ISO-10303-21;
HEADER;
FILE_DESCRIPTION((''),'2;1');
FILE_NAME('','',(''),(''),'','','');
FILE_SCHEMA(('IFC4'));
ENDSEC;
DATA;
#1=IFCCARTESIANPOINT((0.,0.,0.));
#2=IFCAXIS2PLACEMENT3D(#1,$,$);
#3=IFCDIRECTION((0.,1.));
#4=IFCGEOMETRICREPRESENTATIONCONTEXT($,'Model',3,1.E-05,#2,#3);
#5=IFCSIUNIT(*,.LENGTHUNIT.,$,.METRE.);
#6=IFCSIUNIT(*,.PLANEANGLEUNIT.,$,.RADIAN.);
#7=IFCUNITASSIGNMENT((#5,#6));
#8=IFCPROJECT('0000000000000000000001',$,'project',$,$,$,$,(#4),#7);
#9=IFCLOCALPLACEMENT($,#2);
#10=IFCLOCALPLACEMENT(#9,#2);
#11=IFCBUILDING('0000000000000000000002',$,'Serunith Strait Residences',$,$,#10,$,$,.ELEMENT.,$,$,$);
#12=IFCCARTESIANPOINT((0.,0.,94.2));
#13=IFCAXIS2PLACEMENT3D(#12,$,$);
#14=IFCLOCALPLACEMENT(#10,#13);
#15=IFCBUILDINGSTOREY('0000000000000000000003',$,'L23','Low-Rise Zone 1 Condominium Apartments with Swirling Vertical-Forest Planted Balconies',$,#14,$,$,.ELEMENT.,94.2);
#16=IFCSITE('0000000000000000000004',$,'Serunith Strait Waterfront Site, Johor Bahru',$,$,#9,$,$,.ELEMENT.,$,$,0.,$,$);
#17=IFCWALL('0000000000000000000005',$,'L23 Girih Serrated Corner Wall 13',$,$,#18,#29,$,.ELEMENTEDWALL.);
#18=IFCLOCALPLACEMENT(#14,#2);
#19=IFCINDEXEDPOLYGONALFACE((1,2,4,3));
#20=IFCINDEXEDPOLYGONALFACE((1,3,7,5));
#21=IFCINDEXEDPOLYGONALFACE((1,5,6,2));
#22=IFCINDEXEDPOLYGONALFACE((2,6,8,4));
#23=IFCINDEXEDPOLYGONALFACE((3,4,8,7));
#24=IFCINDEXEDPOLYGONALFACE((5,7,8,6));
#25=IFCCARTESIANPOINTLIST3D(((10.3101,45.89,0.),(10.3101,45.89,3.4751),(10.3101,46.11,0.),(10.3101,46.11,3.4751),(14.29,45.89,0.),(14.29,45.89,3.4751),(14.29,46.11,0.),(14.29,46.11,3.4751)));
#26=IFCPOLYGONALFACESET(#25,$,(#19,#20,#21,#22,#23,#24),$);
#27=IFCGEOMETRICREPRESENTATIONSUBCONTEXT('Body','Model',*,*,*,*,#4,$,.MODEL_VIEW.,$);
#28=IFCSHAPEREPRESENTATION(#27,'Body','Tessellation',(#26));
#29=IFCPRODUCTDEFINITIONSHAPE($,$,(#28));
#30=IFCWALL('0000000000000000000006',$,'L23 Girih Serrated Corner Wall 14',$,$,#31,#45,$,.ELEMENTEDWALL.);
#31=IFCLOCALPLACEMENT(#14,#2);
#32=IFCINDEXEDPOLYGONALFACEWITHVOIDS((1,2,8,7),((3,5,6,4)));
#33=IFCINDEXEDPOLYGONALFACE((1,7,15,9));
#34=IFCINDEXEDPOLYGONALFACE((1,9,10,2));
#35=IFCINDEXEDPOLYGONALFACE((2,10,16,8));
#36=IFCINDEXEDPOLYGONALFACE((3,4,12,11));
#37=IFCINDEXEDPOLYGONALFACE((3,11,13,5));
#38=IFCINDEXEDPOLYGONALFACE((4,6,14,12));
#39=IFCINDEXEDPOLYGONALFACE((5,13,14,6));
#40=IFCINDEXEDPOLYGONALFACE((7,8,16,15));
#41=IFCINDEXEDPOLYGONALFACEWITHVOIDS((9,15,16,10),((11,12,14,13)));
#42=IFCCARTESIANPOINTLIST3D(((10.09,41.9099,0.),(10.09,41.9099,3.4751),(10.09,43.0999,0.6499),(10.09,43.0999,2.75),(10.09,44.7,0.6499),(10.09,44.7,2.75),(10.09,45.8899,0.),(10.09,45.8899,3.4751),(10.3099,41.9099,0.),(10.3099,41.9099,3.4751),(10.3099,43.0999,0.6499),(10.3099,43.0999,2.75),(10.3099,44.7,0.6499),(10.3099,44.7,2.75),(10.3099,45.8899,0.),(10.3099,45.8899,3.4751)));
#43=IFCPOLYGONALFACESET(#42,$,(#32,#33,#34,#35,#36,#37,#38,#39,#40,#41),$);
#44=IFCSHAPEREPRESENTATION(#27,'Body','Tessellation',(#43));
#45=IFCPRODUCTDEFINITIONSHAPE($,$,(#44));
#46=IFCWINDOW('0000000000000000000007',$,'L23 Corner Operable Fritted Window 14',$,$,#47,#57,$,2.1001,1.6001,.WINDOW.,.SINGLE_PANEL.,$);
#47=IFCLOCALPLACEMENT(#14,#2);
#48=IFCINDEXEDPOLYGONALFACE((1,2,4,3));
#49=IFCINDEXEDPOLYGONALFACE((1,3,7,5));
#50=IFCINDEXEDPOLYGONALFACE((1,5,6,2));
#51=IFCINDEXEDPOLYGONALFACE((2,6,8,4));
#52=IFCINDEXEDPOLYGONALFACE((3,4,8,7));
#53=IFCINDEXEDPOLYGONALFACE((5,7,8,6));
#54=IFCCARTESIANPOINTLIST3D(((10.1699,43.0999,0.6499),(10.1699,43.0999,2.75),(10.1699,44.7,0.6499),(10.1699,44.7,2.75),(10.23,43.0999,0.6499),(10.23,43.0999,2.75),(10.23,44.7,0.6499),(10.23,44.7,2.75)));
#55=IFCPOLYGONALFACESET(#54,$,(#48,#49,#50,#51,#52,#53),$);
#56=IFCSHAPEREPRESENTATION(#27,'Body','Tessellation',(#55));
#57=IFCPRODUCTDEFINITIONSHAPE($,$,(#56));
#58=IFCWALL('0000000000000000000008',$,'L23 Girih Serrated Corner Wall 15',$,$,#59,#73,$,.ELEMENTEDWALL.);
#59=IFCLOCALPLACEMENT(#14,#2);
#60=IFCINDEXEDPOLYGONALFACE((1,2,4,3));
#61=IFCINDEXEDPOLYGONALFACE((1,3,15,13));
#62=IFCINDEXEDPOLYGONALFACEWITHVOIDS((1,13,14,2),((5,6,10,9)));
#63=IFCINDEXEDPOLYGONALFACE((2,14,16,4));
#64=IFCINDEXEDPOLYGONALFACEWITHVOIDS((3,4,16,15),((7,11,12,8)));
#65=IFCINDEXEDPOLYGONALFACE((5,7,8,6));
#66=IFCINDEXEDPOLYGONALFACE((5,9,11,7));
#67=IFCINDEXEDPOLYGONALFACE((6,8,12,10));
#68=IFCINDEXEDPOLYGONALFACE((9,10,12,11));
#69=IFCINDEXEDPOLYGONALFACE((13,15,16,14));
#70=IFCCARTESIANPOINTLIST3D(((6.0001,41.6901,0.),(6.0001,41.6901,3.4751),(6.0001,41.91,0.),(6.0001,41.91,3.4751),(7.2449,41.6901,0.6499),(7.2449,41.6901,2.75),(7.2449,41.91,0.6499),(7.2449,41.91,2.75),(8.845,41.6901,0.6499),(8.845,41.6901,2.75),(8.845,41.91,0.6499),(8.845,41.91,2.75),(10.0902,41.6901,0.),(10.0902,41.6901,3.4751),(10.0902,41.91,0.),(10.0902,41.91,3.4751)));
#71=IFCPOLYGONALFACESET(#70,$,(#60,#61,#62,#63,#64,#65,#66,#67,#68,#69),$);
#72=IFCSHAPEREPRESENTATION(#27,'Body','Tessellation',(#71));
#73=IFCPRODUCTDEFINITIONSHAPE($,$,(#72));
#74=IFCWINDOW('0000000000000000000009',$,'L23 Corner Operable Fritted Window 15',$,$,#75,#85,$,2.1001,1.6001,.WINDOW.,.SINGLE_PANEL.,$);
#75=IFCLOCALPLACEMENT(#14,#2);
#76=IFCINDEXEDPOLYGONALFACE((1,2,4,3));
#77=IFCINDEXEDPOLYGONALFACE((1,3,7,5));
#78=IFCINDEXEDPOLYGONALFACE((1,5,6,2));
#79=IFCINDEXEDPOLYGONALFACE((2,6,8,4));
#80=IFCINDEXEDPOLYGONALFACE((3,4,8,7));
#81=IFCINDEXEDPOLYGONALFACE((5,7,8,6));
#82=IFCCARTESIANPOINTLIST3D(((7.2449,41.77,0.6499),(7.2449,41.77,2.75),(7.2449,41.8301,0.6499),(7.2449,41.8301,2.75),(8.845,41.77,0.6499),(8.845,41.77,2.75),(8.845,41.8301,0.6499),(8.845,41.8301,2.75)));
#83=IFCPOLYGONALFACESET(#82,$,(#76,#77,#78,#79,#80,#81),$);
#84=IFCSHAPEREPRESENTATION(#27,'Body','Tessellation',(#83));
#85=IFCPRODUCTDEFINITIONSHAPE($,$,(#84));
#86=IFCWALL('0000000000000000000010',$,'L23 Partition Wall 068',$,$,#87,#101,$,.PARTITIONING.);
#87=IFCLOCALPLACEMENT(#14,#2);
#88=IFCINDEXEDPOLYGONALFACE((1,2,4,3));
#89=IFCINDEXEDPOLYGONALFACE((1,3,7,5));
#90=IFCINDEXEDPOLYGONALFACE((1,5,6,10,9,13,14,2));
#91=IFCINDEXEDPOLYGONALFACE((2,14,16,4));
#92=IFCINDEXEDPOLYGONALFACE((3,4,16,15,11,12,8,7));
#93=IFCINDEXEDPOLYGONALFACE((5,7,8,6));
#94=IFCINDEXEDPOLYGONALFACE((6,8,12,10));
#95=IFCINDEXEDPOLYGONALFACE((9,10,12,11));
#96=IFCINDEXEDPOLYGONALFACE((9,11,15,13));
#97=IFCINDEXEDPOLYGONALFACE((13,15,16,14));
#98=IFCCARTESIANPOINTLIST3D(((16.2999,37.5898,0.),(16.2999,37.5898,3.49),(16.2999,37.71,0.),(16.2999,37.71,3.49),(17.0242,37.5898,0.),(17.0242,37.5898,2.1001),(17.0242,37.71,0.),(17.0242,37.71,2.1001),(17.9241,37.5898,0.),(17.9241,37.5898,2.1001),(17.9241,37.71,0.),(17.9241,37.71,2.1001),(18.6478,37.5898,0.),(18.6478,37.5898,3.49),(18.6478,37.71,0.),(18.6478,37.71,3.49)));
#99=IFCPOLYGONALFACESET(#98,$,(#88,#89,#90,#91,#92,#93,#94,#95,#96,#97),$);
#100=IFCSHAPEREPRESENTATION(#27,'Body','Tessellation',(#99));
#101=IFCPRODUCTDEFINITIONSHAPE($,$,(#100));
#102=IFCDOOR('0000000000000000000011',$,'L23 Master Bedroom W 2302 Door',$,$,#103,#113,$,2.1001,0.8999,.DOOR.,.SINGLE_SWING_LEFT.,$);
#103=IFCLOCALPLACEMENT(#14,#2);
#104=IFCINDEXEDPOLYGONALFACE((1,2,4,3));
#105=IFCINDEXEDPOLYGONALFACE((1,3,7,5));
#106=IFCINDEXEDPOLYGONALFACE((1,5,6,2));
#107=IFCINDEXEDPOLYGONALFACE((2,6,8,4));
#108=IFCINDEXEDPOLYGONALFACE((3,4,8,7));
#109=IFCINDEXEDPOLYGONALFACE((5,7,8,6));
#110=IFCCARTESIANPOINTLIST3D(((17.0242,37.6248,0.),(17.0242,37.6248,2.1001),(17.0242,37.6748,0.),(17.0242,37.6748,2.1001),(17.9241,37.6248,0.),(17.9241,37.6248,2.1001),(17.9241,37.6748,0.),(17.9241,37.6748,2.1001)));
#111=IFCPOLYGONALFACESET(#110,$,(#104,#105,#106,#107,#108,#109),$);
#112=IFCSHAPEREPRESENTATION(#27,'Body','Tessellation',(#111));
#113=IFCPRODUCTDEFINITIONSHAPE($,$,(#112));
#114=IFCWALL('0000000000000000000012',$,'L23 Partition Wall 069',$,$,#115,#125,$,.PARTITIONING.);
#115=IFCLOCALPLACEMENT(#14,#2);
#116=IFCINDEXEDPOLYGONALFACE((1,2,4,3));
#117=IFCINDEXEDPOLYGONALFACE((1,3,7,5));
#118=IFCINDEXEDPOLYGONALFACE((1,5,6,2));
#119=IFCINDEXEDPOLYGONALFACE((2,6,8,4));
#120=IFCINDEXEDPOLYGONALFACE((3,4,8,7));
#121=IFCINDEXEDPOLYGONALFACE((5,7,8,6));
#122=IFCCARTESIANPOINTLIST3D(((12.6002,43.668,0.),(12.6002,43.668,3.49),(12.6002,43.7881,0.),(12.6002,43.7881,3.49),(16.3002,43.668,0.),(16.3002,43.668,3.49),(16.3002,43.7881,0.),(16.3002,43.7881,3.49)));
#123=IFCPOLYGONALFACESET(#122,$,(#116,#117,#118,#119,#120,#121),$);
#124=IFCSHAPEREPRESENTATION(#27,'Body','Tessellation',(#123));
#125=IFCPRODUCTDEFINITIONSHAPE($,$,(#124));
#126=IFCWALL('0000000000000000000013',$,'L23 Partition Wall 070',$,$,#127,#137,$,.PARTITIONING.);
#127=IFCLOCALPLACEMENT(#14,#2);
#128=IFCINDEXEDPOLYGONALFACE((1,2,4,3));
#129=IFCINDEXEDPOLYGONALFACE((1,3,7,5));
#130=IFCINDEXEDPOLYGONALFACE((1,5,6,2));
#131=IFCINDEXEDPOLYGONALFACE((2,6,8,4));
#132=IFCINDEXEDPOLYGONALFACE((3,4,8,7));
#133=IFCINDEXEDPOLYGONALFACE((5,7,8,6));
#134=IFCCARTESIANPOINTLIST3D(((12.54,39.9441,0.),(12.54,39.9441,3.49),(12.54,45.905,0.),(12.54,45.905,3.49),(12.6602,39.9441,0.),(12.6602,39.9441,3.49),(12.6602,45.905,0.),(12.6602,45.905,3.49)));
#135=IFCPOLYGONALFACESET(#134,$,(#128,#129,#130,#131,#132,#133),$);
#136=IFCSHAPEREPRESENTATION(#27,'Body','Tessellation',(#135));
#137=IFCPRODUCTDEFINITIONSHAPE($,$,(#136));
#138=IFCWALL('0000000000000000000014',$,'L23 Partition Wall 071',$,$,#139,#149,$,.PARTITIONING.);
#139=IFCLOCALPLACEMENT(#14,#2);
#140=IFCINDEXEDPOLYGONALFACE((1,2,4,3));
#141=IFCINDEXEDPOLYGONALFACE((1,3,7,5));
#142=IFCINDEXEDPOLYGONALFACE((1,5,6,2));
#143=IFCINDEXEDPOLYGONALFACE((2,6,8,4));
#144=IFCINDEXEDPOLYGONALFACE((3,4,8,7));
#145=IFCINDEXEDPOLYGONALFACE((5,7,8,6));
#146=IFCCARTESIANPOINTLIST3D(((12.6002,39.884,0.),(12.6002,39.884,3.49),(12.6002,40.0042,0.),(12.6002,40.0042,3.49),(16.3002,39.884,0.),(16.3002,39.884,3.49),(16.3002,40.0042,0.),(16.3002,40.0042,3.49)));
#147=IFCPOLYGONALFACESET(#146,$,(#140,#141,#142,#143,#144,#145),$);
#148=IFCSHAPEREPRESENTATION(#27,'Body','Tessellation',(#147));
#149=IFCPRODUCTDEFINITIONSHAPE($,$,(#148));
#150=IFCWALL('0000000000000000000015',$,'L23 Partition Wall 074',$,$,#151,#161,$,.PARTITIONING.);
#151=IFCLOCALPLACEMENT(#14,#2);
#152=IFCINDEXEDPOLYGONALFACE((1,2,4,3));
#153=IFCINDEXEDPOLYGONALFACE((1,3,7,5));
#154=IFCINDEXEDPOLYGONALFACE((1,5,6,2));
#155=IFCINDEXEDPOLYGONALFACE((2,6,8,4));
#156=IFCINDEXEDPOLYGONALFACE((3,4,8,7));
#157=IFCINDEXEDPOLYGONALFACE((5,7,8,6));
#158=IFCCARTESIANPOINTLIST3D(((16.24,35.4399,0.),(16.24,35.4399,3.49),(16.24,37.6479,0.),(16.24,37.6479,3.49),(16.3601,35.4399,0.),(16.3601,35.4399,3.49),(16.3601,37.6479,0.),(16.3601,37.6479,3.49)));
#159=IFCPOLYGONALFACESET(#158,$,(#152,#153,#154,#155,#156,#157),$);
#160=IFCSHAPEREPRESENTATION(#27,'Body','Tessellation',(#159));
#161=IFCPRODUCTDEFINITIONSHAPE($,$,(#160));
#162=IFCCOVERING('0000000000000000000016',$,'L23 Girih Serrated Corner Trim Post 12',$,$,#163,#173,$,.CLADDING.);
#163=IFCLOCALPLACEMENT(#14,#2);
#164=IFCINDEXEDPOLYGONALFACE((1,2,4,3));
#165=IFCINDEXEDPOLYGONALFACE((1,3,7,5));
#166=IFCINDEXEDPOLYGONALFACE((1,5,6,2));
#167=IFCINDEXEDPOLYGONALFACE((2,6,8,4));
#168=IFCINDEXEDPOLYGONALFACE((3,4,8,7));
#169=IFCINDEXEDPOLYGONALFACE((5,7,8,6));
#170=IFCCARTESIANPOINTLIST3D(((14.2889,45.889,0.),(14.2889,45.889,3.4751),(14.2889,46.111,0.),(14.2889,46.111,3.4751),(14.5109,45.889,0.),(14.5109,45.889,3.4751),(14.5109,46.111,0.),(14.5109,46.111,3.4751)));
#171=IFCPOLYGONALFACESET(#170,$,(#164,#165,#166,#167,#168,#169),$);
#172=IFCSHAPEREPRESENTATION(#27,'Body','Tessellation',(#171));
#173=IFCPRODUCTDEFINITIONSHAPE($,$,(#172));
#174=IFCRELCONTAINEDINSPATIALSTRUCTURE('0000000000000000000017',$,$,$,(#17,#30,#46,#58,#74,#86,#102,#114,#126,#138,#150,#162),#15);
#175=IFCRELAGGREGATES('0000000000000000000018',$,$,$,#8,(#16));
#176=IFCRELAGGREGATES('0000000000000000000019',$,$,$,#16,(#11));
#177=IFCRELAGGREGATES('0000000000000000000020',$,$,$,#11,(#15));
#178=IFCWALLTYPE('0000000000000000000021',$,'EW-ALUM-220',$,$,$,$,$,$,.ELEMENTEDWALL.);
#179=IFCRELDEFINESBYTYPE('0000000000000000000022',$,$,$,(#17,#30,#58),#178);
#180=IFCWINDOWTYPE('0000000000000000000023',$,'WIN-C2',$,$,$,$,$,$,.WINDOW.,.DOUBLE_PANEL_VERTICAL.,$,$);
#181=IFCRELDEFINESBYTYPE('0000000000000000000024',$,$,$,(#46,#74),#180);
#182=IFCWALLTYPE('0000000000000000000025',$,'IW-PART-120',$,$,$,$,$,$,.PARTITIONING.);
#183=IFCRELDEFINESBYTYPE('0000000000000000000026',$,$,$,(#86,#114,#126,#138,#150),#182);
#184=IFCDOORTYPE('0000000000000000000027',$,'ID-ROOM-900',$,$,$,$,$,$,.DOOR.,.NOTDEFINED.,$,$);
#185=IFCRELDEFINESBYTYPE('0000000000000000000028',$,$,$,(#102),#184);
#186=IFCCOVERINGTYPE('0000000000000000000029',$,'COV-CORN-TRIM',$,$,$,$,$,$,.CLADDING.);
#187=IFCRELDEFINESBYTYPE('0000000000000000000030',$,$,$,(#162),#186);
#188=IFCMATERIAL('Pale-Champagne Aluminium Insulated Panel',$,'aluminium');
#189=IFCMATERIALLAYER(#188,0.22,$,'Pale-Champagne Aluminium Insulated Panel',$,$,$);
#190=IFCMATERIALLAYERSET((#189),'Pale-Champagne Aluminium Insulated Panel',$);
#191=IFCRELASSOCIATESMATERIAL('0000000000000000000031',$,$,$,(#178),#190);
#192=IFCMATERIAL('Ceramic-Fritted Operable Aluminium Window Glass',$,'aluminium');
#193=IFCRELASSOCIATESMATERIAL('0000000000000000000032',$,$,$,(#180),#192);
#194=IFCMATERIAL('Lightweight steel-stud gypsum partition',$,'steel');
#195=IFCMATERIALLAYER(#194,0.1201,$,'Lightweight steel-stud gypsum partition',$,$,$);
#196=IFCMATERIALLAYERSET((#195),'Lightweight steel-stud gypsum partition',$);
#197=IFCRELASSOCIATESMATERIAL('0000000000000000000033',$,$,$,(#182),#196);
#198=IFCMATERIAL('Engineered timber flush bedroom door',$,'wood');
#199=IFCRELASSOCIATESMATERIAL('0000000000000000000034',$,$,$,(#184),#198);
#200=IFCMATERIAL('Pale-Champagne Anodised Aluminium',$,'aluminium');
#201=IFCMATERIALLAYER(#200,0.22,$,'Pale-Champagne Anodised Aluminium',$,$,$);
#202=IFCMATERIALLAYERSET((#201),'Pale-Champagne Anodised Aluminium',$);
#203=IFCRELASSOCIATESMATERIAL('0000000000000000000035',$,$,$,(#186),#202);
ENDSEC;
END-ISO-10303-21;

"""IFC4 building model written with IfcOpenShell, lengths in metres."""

from ifc_helpers import new_model, si_unit, direction, frame, frame_2d, origin, origin_2d, place, context, subcontext, project, spatial, rectangle, extrude, source, transform, mapped, material, layer, layer_set, type_object, element, fill, save


model = new_model("IFC4")

# Units and contexts
model_context = context("Model", 3, precision=1e-05, world=origin(), true_north=direction((0.0, 1.0)))
body_context = subcontext(model_context, "Body", "Model", "MODEL_VIEW")
ifc_project = project(units=[si_unit("LENGTHUNIT", "METRE"), si_unit("PLANEANGLEUNIT", "RADIAN")], contexts=[model_context])

# Site, building, storey
site_placement = place(None, origin())
site = spatial("IfcSite", under=ifc_project, at=site_placement, Name="Serunith Strait Waterfront Site, Johor Bahru", CompositionType="ELEMENT", RefElevation=0.0)
building_placement = place(site_placement, origin())
building = spatial("IfcBuilding", under=site, at=building_placement, Name="Serunith Strait Residences", CompositionType="ELEMENT")
storey_placement = place(building_placement, frame((0.0, 0.0, 94.2)))
storey = spatial("IfcBuildingStorey", under=building, at=storey_placement, Name="L23", Description="Low-Rise Zone 1 Condominium Apartments with Swirling Vertical-Forest Planted Balconies", CompositionType="ELEMENT", Elevation=94.2)

# Shared definitions
ifc_material_1 = material(Name="Pale-Champagne Anodised Aluminium", Category="aluminium")

# Shared definitions
ifc_material_2 = material(Name="Pale-Champagne Aluminium Insulated Panel", Category="aluminium")
ifc_layer_1 = layer(ifc_material_2, 0.22, Name="Pale-Champagne Aluminium Insulated Panel")
ifc_layer_set_1 = layer_set([ifc_layer_1], Name="Pale-Champagne Aluminium Insulated Panel")
wall_type_1 = type_object("IfcWallType", Name="EW-ALUM-220", PredefinedType="ELEMENTEDWALL", material=ifc_layer_set_1)
ifc_material_3 = material(Name="Ceramic-Fritted Operable Aluminium Window Glass", Category="aluminium")
window_type = type_object("IfcWindowType", Name="WIN-C2", PartitioningType="DOUBLE_PANEL_VERTICAL", PredefinedType="WINDOW", material=ifc_material_3)
shared_shape_1 = source(origin(), body_context, "Body", "SweptSolid", [
    extrude(rectangle(XDim=1.6001, YDim=2.1001, at=frame_2d((0.8, 1.05))), frame((0.0, 0.03, 0.0), z_axis=(0.0, -1.0, 0.0), x_axis=(1.0, 0.0, 0.0)), (0.0, 0.0, 1.0), 0.0601),
])

# Wall
wall_1_placement = place(storey_placement, frame((14.29, 46.0, 0.0), z_axis=(0.0, 0.0, 1.0), x_axis=(-1.0, 0.0, 0.0)))
element("IfcWall", 1, at=wall_1_placement, inside=storey, type_object=wall_type_1, Name="L23 Girih Serrated Corner Wall 13", PredefinedType="ELEMENTEDWALL", context=body_context, shape_type="SweptSolid", body=[
    extrude(rectangle(XDim=3.98, YDim=0.22, at=frame_2d((1.99, 0.0))), origin(), (0.0, 0.0, 1.0), 3.4751),
])

# Walls, openings, windows
wall_2_placement = place(storey_placement, frame((10.2, 45.8899, 0.0), z_axis=(0.0, 0.0, 1.0), x_axis=(0.0, -1.0, 0.0)))
wall_2 = element("IfcWall", 2, at=wall_2_placement, inside=storey, type_object=wall_type_1, Name="L23 Girih Serrated Corner Wall 14", PredefinedType="ELEMENTEDWALL", context=body_context, shape_type="SweptSolid", body=[
    extrude(rectangle(XDim=3.98, YDim=0.22, at=frame_2d((1.99, 0.0))), origin(), (0.0, 0.0, 1.0), 3.4751),
])
opening_1_placement = place(wall_2_placement, frame((1.1899, 0.0, 0.6499)))
opening_1 = element("IfcOpeningElement", 3, at=opening_1_placement, cuts=wall_2, PredefinedType="OPENING", context=body_context, shape_type="SweptSolid", body=[
    extrude(rectangle(XDim=1.6001, YDim=2.1001, at=frame_2d((0.8, 1.05))), frame((0.0, 0.1201, 0.0), z_axis=(0.0, -1.0, 0.0), x_axis=(1.0, 0.0, 0.0)), (0.0, 0.0, 1.0), 0.24),
])
window_1_placement = place(opening_1_placement, origin())
window_1 = element("IfcWindow", 4, at=window_1_placement, inside=storey, type_object=window_type, Name="L23 Corner Operable Fritted Window 14", OverallHeight=2.1001, OverallWidth=1.6001, PartitioningType="SINGLE_PANEL", PredefinedType="WINDOW", context=body_context, shape_type="MappedRepresentation", body=[
    mapped(shared_shape_1, transform((0.0, 0.0, 0.0), scale=1.0)),
])
fill(opening_1, window_1)
wall_3_placement = place(storey_placement, frame((10.0901, 41.8, 0.0), z_axis=(0.0, 0.0, 1.0), x_axis=(-1.0, 0.0, 0.0)))
wall_3 = element("IfcWall", 5, at=wall_3_placement, inside=storey, type_object=wall_type_1, Name="L23 Girih Serrated Corner Wall 15", PredefinedType="ELEMENTEDWALL", context=body_context, shape_type="SweptSolid", body=[
    extrude(rectangle(XDim=4.0901, YDim=0.22, at=frame_2d((2.0449, 0.0))), origin(), (0.0, 0.0, 1.0), 3.4751),
])
opening_2_placement = place(wall_3_placement, frame((1.2451, 0.0, 0.6499)))
opening_2 = element("IfcOpeningElement", 6, at=opening_2_placement, cuts=wall_3, PredefinedType="OPENING", context=body_context, shape_type="SweptSolid", body=[
    extrude(rectangle(XDim=1.6001, YDim=2.1001, at=frame_2d((0.8, 1.05))), frame((0.0, 0.1201, 0.0), z_axis=(0.0, -1.0, 0.0), x_axis=(1.0, 0.0, 0.0)), (0.0, 0.0, 1.0), 0.24),
])
window_2_placement = place(opening_2_placement, origin())
window_2 = element("IfcWindow", 7, at=window_2_placement, inside=storey, type_object=window_type, Name="L23 Corner Operable Fritted Window 15", OverallHeight=2.1001, OverallWidth=1.6001, PartitioningType="SINGLE_PANEL", PredefinedType="WINDOW", context=body_context, shape_type="MappedRepresentation", body=[
    mapped(shared_shape_1, transform((0.0, 0.0, 0.0), scale=1.0)),
])
fill(opening_2, window_2)

# Wall, opening, door
ifc_material_4 = material(Name="Lightweight steel-stud gypsum partition", Category="steel")
ifc_layer_2 = layer(ifc_material_4, 0.1201, Name="Lightweight steel-stud gypsum partition")
ifc_layer_set_2 = layer_set([ifc_layer_2], Name="Lightweight steel-stud gypsum partition")
wall_type_2 = type_object("IfcWallType", Name="IW-PART-120", PredefinedType="PARTITIONING", material=ifc_layer_set_2)
wall_4_placement = place(storey_placement, frame((16.3, 37.6499, 0.0), z_axis=(0.0, 0.0, 1.0), x_axis=(1.0, 0.0, 0.0)))
wall_4 = element("IfcWall", 8, at=wall_4_placement, inside=storey, type_object=wall_type_2, Name="L23 Partition Wall 068", PredefinedType="PARTITIONING", context=body_context, shape_type="SweptSolid", body=[
    extrude(rectangle(XDim=2.3479, YDim=0.1201, at=frame_2d((1.1738, 0.0))), origin(), (0.0, 0.0, 1.0), 3.49),
])
opening_3_placement = place(wall_4_placement, frame((0.7241, 0.0, 0.0)))
opening_3 = element("IfcOpeningElement", 9, at=opening_3_placement, cuts=wall_4, PredefinedType="OPENING", context=body_context, shape_type="SweptSolid", body=[
    extrude(rectangle(XDim=0.8999, YDim=2.1001, at=frame_2d((0.45, 1.05))), frame((0.0, 0.0701, 0.0), z_axis=(0.0, -1.0, 0.0), x_axis=(1.0, 0.0, 0.0)), (0.0, 0.0, 1.0), 0.1401),
])
ifc_material_5 = material(Name="Engineered timber flush bedroom door", Category="wood")
door_type = type_object("IfcDoorType", Name="ID-ROOM-900", OperationType="NOTDEFINED", PredefinedType="DOOR", material=ifc_material_5)
shared_shape_2 = source(origin(), body_context, "Body", "SweptSolid", [
    extrude(rectangle(XDim=0.8999, YDim=2.1001, at=frame_2d((0.45, 1.05))), frame((0.0, 0.0249, 0.0), z_axis=(0.0, -1.0, 0.0), x_axis=(1.0, 0.0, 0.0)), (0.0, 0.0, 1.0), 0.05),
])
door_placement = place(opening_3_placement, origin())
door = element("IfcDoor", 10, at=door_placement, inside=storey, type_object=door_type, Name="L23 Master Bedroom W 2302 Door", OperationType="SINGLE_SWING_LEFT", OverallHeight=2.1001, OverallWidth=0.8999, PredefinedType="DOOR", context=body_context, shape_type="MappedRepresentation", body=[
    mapped(shared_shape_2, transform((0.0, 0.0, 0.0), scale=1.0)),
])
fill(opening_3, door)

# Walls
wall_5_placement = place(storey_placement, frame((12.6001, 43.728, 0.0), z_axis=(0.0, 0.0, 1.0), x_axis=(1.0, 0.0, 0.0)))
element("IfcWall", 11, at=wall_5_placement, inside=storey, type_object=wall_type_2, Name="L23 Partition Wall 069", PredefinedType="PARTITIONING", context=body_context, shape_type="SweptSolid", body=[
    extrude(rectangle(XDim=3.7, YDim=0.1201, at=frame_2d((1.8501, 0.0))), origin(), (0.0, 0.0, 1.0), 3.49),
])
wall_6_placement = place(storey_placement, frame((12.6001, 45.905, 0.0), z_axis=(0.0, 0.0, 1.0), x_axis=(0.0, -1.0, 0.0)))
element("IfcWall", 12, at=wall_6_placement, inside=storey, type_object=wall_type_2, Name="L23 Partition Wall 070", PredefinedType="PARTITIONING", context=body_context, shape_type="SweptSolid", body=[
    extrude(rectangle(XDim=5.9609, YDim=0.1201, at=frame_2d((2.9805, 0.0))), origin(), (0.0, 0.0, 1.0), 3.49),
])
wall_7_placement = place(storey_placement, frame((12.6001, 39.9441, 0.0), z_axis=(0.0, 0.0, 1.0), x_axis=(1.0, 0.0, 0.0)))
element("IfcWall", 13, at=wall_7_placement, inside=storey, type_object=wall_type_2, Name="L23 Partition Wall 071", PredefinedType="PARTITIONING", context=body_context, shape_type="SweptSolid", body=[
    extrude(rectangle(XDim=3.7, YDim=0.1201, at=frame_2d((1.8501, 0.0))), origin(), (0.0, 0.0, 1.0), 3.49),
])
wall_8_placement = place(storey_placement, frame((16.3, 37.6479, 0.0), z_axis=(0.0, 0.0, 1.0), x_axis=(0.0, -1.0, 0.0)))
element("IfcWall", 14, at=wall_8_placement, inside=storey, type_object=wall_type_2, Name="L23 Partition Wall 074", PredefinedType="PARTITIONING", context=body_context, shape_type="SweptSolid", body=[
    extrude(rectangle(XDim=2.208, YDim=0.1201, at=frame_2d((1.104, 0.0))), origin(), (0.0, 0.0, 1.0), 3.49),
])

# Covering
ifc_layer_3 = layer(ifc_material_1, 0.22, Name="Pale-Champagne Anodised Aluminium")
ifc_layer_set_3 = layer_set([ifc_layer_3], Name="Pale-Champagne Anodised Aluminium")
covering_type = type_object("IfcCoveringType", Name="COV-CORN-TRIM", PredefinedType="CLADDING", material=ifc_layer_set_3)
shared_shape_3 = source(origin(), body_context, "Body", "SweptSolid", [
    extrude(rectangle(XDim=0.2219, YDim=0.2219, at=origin_2d()), origin(), (0.0, 0.0, 1.0), 3.4751),
])
for number, where, z_axis, x_axis, name in (
    (15, (14.3999, 46.0, 0.0), (0.0, 0.0, 1.0), (1.0, 0.0, 0.0), "L23 Girih Serrated Corner Trim Post 12"),
):
    element("IfcCovering", number, at=place(storey_placement, frame(where, z_axis=z_axis, x_axis=x_axis)), inside=storey, type_object=covering_type, Name=name, PredefinedType="CLADDING", context=body_context, shape_type="MappedRepresentation", body=[
        mapped(shared_shape_3, transform((0.0, 0.0, 0.0), scale=1.0)),
    ])

save(model, "model.ifc")
